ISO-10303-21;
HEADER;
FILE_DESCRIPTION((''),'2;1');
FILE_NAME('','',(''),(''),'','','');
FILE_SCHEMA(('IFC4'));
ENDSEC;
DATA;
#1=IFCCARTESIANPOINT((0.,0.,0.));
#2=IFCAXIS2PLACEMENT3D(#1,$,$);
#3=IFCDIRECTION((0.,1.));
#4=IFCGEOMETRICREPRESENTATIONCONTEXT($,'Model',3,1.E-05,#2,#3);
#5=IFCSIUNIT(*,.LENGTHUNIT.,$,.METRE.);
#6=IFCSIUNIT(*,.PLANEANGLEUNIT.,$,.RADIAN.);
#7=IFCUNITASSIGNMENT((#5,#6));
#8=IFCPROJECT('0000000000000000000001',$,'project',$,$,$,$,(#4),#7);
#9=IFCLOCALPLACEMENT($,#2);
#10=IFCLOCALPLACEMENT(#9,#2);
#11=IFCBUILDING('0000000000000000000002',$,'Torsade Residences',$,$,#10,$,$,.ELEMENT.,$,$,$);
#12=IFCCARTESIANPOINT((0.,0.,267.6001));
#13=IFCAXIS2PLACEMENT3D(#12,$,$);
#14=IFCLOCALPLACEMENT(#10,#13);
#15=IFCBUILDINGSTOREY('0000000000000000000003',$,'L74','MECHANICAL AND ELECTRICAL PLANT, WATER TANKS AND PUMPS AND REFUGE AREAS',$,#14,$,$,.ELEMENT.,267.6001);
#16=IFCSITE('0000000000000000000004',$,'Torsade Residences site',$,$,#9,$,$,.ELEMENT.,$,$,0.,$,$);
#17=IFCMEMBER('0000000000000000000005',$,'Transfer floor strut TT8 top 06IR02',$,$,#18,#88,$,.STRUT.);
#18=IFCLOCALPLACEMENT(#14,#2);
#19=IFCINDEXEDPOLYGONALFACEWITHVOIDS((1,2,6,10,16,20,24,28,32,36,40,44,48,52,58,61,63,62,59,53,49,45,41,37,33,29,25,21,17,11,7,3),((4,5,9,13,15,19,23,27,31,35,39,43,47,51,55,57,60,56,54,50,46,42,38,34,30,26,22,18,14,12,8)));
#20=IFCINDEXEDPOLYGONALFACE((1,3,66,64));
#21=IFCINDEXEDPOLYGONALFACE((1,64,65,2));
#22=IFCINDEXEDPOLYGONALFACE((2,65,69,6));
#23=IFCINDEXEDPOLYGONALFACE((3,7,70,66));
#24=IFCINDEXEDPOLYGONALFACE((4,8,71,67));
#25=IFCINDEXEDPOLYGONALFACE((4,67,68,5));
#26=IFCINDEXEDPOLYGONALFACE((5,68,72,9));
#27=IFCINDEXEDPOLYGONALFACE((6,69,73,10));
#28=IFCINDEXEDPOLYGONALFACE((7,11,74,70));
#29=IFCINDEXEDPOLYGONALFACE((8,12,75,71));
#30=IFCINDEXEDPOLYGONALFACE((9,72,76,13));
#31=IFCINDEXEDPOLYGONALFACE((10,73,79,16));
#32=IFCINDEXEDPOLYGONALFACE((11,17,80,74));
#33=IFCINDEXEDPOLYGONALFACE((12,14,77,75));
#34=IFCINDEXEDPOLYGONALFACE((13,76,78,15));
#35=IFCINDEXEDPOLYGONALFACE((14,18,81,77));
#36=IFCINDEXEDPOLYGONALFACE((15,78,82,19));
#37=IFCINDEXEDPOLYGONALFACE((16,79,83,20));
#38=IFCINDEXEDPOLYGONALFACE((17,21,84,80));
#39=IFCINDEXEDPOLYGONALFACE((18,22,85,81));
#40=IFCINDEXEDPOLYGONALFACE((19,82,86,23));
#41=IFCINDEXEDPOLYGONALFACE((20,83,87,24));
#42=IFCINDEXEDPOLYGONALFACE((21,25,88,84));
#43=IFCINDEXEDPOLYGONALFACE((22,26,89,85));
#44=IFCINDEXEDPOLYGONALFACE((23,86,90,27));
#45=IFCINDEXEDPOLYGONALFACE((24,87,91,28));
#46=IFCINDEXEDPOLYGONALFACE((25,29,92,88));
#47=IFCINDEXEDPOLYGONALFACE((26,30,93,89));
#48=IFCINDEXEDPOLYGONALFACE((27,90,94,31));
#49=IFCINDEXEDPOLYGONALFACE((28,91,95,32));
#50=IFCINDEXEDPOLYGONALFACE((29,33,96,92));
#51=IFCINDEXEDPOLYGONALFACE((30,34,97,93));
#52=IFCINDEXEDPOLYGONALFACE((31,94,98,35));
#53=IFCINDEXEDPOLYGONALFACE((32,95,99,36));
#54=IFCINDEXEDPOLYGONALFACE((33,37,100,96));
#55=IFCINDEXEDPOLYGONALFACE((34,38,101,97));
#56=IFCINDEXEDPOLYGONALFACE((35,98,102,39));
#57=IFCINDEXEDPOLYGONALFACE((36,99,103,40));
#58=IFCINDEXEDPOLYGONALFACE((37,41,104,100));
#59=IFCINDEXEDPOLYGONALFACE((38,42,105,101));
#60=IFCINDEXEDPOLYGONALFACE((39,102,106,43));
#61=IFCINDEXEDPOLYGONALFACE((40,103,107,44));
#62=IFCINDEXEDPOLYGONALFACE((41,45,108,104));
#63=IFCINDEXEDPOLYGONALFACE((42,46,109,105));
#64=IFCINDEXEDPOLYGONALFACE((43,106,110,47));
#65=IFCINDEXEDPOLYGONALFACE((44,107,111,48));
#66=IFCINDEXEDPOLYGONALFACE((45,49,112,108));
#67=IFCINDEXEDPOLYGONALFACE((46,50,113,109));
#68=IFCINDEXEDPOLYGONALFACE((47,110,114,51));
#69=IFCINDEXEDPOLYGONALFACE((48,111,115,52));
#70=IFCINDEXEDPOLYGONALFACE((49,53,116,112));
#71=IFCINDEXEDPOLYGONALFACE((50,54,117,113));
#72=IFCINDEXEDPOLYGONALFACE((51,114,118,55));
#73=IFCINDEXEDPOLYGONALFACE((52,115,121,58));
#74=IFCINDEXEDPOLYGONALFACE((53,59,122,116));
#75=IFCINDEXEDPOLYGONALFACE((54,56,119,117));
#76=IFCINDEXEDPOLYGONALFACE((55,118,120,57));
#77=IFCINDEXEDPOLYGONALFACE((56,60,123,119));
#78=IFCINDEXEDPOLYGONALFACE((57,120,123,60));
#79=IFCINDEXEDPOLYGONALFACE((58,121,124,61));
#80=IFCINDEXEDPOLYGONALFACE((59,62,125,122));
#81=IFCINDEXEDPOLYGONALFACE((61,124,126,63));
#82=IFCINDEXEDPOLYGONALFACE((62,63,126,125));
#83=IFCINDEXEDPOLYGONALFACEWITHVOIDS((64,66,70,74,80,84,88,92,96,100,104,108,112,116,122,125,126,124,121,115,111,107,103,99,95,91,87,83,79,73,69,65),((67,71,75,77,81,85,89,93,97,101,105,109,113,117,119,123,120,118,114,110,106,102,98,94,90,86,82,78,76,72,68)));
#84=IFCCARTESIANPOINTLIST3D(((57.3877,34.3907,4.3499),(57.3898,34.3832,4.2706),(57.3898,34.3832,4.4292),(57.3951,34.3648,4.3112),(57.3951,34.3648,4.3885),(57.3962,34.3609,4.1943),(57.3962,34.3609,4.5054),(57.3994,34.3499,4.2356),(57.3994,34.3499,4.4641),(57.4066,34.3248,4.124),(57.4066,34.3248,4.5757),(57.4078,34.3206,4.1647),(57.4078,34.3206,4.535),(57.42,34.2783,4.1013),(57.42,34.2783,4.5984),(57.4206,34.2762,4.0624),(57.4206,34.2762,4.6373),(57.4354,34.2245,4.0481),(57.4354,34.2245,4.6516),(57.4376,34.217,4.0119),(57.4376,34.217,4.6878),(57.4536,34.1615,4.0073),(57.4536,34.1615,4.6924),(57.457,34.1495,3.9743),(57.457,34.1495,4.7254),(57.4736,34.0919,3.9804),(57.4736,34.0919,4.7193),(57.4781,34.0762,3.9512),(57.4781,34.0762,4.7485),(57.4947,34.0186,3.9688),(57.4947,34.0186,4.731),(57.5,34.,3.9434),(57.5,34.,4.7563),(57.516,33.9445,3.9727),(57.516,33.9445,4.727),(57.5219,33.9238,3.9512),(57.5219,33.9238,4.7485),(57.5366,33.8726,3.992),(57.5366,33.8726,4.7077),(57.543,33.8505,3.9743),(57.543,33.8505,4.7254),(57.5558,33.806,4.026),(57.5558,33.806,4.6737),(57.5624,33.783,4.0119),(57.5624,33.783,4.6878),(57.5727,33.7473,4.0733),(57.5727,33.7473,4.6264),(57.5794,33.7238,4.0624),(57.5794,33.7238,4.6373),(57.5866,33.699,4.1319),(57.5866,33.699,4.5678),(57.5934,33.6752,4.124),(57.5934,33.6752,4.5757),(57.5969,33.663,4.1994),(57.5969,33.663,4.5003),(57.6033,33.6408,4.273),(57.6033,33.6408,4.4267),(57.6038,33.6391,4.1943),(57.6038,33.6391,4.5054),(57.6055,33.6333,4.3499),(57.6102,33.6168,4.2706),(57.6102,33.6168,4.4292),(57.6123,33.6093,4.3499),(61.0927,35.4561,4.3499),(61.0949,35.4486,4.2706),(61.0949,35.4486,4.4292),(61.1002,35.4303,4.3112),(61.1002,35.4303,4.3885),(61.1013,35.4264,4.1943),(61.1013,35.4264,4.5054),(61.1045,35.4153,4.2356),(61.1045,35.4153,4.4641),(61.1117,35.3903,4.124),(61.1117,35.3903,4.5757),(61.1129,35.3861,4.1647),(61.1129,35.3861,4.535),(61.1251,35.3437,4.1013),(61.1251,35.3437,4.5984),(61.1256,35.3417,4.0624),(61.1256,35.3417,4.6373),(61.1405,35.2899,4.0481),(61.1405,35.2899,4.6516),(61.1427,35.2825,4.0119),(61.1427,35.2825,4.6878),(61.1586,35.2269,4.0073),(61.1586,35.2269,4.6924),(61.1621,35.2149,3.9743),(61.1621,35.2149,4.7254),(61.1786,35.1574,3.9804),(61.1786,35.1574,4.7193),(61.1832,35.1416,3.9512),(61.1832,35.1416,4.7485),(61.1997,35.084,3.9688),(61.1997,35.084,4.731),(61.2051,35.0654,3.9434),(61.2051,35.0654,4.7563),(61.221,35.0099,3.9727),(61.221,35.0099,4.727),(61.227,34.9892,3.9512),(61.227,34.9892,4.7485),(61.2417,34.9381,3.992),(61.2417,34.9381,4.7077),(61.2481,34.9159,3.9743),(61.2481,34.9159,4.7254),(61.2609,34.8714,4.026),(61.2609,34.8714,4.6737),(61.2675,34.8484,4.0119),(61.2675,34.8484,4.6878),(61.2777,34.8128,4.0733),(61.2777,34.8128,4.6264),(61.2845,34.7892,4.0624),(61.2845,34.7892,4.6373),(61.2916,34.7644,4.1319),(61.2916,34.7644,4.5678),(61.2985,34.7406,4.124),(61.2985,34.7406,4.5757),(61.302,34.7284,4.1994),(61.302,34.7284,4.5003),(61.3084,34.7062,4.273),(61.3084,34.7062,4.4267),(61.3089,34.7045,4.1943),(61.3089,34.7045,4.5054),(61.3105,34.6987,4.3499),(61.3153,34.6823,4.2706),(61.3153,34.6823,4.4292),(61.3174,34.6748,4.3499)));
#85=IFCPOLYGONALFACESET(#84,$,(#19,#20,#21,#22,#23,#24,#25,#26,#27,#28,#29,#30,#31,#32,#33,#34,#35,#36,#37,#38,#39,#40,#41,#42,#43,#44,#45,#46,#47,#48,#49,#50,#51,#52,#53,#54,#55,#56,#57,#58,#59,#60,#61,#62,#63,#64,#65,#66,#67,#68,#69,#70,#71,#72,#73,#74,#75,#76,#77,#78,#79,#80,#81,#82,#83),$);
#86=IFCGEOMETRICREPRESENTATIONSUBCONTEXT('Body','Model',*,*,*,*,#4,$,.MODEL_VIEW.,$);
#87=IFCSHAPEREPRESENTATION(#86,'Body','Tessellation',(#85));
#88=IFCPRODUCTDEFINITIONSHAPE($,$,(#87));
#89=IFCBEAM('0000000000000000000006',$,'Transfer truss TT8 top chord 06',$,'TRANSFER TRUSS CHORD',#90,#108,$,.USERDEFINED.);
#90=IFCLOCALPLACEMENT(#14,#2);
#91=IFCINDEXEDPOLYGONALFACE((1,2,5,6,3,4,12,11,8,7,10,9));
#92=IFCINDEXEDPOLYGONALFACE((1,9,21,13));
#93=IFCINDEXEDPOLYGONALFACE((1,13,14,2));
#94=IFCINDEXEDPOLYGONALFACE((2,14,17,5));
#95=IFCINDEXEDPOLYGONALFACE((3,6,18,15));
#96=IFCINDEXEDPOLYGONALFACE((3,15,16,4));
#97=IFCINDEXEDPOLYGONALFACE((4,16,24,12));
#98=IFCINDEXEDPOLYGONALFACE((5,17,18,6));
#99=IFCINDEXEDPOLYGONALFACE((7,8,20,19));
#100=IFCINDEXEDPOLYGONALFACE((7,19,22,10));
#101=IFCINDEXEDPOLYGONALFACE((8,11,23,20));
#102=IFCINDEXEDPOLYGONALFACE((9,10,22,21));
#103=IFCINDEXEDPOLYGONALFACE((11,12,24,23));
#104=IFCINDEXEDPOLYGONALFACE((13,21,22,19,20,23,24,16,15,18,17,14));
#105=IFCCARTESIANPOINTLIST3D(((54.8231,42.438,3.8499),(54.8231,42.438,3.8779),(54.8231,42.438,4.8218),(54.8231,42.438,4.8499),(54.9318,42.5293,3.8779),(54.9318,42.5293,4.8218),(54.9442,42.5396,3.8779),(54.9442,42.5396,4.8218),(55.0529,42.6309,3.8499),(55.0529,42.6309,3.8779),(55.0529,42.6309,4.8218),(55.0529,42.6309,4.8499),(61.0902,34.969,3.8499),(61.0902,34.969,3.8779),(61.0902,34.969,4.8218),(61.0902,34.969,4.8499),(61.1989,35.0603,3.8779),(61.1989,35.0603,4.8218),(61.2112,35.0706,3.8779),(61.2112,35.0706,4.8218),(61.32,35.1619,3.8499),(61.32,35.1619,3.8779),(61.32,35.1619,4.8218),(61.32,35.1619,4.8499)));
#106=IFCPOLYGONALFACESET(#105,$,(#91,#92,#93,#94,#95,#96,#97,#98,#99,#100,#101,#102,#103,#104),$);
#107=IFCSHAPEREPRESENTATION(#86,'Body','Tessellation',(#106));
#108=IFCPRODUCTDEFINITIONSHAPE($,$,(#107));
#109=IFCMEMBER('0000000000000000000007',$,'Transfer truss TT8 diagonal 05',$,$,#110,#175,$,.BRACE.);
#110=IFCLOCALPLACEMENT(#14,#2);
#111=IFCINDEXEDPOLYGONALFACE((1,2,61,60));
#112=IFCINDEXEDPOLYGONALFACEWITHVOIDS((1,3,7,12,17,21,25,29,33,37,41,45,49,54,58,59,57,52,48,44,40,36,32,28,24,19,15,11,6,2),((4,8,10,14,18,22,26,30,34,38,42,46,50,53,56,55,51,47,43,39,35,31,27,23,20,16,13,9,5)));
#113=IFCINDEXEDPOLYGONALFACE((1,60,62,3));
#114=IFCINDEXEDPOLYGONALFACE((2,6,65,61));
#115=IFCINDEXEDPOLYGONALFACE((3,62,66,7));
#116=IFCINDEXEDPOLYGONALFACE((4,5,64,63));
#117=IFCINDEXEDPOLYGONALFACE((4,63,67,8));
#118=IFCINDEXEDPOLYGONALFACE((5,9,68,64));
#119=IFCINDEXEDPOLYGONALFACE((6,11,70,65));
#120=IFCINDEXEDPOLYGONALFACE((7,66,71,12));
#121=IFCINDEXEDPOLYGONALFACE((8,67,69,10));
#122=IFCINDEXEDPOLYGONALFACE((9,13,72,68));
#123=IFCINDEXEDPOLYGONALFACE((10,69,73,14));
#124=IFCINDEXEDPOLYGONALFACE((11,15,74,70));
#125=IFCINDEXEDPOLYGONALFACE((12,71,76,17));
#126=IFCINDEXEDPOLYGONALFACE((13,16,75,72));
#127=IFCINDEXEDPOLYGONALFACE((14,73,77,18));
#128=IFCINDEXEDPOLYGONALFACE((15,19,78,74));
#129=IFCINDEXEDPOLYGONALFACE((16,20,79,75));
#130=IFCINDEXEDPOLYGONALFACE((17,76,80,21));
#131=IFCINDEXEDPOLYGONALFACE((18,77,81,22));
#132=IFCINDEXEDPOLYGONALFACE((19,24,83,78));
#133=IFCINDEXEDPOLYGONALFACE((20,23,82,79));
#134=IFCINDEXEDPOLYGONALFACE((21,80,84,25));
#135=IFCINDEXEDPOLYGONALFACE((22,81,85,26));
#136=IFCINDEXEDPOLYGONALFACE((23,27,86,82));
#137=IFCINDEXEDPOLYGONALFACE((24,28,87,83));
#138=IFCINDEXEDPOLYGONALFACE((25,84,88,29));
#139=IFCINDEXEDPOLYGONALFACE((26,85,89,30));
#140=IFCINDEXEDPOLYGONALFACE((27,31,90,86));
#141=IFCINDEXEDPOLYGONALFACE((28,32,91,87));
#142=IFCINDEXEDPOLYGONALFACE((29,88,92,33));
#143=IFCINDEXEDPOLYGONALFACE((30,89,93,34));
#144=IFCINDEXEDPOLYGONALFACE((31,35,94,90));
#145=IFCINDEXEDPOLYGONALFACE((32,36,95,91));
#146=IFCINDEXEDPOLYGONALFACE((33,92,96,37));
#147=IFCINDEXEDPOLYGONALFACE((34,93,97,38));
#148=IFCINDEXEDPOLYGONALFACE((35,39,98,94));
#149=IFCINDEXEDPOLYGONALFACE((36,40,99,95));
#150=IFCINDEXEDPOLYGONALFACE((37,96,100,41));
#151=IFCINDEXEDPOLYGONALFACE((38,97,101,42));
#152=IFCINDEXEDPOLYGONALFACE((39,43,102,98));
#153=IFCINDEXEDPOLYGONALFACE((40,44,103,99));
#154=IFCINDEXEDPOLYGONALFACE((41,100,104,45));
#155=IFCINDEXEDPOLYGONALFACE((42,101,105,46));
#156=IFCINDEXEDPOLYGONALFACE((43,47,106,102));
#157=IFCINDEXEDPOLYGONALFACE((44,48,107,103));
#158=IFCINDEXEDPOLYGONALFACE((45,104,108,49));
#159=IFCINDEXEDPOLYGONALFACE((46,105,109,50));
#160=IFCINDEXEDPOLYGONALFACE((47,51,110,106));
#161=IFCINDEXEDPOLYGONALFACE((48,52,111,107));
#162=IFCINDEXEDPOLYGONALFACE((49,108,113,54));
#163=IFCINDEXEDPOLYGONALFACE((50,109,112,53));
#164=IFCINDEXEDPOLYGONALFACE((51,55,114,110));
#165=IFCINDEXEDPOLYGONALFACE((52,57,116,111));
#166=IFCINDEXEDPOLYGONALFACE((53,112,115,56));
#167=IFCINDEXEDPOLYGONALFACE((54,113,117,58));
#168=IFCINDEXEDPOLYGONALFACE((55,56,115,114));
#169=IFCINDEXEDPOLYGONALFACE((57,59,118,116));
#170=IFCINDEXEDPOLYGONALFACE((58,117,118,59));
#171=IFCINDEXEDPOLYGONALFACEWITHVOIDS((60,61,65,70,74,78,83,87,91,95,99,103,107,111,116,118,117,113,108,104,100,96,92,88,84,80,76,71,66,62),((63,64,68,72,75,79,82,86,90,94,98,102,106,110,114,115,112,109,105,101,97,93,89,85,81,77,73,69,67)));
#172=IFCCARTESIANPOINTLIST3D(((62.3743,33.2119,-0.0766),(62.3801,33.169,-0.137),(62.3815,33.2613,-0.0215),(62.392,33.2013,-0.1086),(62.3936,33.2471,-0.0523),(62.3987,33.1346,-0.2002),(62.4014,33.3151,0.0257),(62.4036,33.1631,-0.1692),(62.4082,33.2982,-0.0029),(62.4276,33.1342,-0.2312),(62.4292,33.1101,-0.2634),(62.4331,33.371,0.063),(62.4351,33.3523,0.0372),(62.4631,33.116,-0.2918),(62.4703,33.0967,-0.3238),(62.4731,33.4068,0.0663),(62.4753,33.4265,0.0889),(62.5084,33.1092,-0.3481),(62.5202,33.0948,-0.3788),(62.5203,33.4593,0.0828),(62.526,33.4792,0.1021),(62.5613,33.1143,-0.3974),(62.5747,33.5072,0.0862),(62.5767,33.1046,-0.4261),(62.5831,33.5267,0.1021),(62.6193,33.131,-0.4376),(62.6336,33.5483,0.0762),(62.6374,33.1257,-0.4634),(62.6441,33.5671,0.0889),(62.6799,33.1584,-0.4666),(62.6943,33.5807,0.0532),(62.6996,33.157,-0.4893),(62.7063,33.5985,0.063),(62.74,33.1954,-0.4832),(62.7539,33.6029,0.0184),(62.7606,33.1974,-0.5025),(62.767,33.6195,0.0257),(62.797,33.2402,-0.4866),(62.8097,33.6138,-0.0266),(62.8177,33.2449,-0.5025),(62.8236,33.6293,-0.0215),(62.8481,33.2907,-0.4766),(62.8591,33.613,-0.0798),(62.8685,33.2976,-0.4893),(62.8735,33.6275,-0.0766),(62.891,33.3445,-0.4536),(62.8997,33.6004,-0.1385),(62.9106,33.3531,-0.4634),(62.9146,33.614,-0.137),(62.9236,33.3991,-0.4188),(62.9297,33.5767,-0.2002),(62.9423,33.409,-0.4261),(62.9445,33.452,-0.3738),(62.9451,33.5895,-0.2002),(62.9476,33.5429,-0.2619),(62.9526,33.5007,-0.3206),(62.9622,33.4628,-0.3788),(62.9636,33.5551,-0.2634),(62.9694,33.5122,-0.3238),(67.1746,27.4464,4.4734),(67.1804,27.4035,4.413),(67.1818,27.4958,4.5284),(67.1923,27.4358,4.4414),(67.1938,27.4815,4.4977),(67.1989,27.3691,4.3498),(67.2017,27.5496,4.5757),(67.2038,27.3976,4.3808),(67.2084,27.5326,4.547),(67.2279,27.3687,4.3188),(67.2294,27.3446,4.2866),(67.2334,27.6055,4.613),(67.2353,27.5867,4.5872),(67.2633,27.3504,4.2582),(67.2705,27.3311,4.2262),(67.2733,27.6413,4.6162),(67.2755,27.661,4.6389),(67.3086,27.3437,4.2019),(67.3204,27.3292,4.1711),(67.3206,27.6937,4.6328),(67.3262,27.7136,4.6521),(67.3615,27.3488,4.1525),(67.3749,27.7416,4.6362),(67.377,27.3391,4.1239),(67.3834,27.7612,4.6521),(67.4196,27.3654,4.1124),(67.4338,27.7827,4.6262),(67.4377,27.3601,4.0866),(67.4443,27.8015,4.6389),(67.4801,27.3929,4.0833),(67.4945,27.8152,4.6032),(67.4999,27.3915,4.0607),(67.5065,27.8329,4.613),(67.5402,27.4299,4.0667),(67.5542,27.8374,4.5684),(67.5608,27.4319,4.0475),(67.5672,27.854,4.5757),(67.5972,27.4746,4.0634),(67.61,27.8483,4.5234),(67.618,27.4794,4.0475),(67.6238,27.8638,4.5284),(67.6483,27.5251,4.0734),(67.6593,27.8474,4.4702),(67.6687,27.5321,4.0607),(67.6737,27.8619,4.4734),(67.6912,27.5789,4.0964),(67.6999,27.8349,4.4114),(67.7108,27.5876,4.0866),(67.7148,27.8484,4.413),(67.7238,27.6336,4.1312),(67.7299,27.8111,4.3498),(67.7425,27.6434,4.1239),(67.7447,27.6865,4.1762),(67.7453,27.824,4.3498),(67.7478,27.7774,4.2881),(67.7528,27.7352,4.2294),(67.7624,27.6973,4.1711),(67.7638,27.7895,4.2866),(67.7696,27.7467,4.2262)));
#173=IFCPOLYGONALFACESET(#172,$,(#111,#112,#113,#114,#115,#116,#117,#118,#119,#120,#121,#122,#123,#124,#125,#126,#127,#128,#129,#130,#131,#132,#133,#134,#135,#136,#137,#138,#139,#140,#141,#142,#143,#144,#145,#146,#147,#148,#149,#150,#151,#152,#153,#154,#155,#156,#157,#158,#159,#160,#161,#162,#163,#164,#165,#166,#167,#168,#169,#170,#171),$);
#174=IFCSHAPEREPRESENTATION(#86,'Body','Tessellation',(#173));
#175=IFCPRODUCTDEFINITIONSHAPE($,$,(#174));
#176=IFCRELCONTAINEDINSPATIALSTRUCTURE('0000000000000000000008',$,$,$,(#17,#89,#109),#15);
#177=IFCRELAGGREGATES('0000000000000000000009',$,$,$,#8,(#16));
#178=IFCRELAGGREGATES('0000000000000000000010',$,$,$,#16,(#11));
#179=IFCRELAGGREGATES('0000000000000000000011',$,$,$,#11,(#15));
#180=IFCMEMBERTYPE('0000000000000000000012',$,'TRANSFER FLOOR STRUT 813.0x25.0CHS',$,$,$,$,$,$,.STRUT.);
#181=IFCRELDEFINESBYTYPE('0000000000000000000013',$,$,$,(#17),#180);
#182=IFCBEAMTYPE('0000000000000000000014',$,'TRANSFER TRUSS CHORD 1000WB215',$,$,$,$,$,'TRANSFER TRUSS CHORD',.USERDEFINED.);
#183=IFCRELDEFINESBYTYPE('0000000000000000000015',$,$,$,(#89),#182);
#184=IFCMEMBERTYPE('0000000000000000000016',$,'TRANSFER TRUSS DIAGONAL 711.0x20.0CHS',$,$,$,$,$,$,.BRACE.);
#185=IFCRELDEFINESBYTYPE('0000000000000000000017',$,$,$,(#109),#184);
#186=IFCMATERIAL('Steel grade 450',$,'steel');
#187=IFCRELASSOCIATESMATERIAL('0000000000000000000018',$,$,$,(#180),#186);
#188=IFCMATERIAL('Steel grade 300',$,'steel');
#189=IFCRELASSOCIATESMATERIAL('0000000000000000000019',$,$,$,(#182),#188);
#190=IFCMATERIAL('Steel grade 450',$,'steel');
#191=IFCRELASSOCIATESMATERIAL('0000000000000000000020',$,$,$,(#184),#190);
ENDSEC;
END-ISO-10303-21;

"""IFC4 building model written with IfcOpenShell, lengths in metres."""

from ifc_helpers import new_model, si_unit, direction, frame, origin, origin_2d, place, context, subcontext, project, spatial, hollow_circle, i_section, extrude, material, material_profile, profile_set, type_object, element, save


model = new_model("IFC4")

# Units and contexts
model_context = context("Model", 3, precision=1e-05, world=origin(), true_north=direction((0.0, 1.0)))
body_context = subcontext(model_context, "Body", "Model", "MODEL_VIEW")
ifc_project = project(units=[si_unit("LENGTHUNIT", "METRE"), si_unit("PLANEANGLEUNIT", "RADIAN")], contexts=[model_context])

# Site, building, storey
site_placement = place(None, origin())
site = spatial("IfcSite", under=ifc_project, at=site_placement, Name="Torsade Residences site", CompositionType="ELEMENT", RefElevation=0.0)
building_placement = place(site_placement, origin())
building = spatial("IfcBuilding", under=site, at=building_placement, Name="Torsade Residences", CompositionType="ELEMENT")
storey_placement = place(building_placement, frame((0.0, 0.0, 267.6001)))
storey = spatial("IfcBuildingStorey", under=building, at=storey_placement, Name="L74", Description="MECHANICAL AND ELECTRICAL PLANT, WATER TANKS AND PUMPS AND REFUGE AREAS", CompositionType="ELEMENT", Elevation=267.6001)

# Member
ifc_material_1 = material(Name="Steel grade 450", Category="steel")
ifc_material_profile_1 = material_profile(ifc_material_1, hollow_circle(Radius=0.4065, WallThickness=0.0249, at=origin_2d()), Name="813.0x25.0CHS")
ifc_profile_set_1 = profile_set([ifc_material_profile_1], Name="Steel grade 450")
member_type_1 = type_object("IfcMemberType", Name="TRANSFER FLOOR STRUT 813.0x25.0CHS", PredefinedType="STRUT", material=ifc_profile_set_1)
member_1_placement = place(storey_placement, frame((61.2051, 35.0654, 4.3499), z_axis=(-0.961054, -0.27636, 0.0), x_axis=(0.27636, -0.961054, 0.0)))
element("IfcMember", 1, at=member_1_placement, inside=storey, type_object=member_type_1, Name="Transfer floor strut TT8 top 06IR02", PredefinedType="STRUT", context=body_context, shape_type="SweptSolid", body=[
    extrude(hollow_circle(Radius=0.4065, WallThickness=0.0249, at=origin_2d()), origin(), (0.0, 0.0, 1.0), 3.8552),
])

# Beam
ifc_material_2 = material(Name="Steel grade 300", Category="steel")
ifc_material_profile_2 = material_profile(ifc_material_2, i_section(OverallWidth=0.3, OverallDepth=1.0, WebThickness=0.0161, FlangeThickness=0.0281, at=origin_2d()), Name="1000WB215")
ifc_profile_set_2 = profile_set([ifc_material_profile_2], Name="Steel grade 300")
beam_type_1 = type_object("IfcBeamType", Name="TRANSFER TRUSS CHORD 1000WB215", ElementType="TRANSFER TRUSS CHORD", PredefinedType="USERDEFINED", material=ifc_profile_set_2)
beam_1_placement = place(storey_placement, frame((61.2051, 35.0654, 4.3499), z_axis=(-0.642779, 0.766052, 0.0), x_axis=(-0.766052, -0.642779, 0.0)))
element("IfcBeam", 2, at=beam_1_placement, inside=storey, type_object=beam_type_1, Name="Transfer truss TT8 top chord 06", ObjectType="TRANSFER TRUSS CHORD", PredefinedType="USERDEFINED", context=body_context, shape_type="SweptSolid", body=[
    extrude(i_section(OverallWidth=0.3, OverallDepth=1.0, WebThickness=0.0161, FlangeThickness=0.0281, at=origin_2d()), origin(), (0.0, 0.0, 1.0), 9.75),
])

# Member
ifc_material_3 = material(Name="Steel grade 450", Category="steel")
ifc_material_profile_3 = material_profile(ifc_material_3, hollow_circle(Radius=0.3555, WallThickness=0.02, at=origin_2d()), Name="711.0x20.0CHS")
ifc_profile_set_3 = profile_set([ifc_material_profile_3], Name="Steel grade 450")
member_type_2 = type_object("IfcMemberType", Name="TRANSFER TRUSS DIAGONAL 711.0x20.0CHS", PredefinedType="BRACE", material=ifc_profile_set_3)
member_2_placement = place(storey_placement, frame((62.6719, 33.3621, -0.2002), z_axis=(0.547086, -0.657104, 0.518566), x_axis=(0.768509, 0.639839, 0.0)))
element("IfcMember", 3, at=member_2_placement, inside=storey, type_object=member_type_2, Name="Transfer truss TT8 diagonal 05", PredefinedType="BRACE", context=body_context, shape_type="SweptSolid", body=[
    extrude(hollow_circle(Radius=0.3555, WallThickness=0.02, at=origin_2d()), origin(), (0.0, 0.0, 1.0), 8.7742),
])

save(model, "model.ifc")
